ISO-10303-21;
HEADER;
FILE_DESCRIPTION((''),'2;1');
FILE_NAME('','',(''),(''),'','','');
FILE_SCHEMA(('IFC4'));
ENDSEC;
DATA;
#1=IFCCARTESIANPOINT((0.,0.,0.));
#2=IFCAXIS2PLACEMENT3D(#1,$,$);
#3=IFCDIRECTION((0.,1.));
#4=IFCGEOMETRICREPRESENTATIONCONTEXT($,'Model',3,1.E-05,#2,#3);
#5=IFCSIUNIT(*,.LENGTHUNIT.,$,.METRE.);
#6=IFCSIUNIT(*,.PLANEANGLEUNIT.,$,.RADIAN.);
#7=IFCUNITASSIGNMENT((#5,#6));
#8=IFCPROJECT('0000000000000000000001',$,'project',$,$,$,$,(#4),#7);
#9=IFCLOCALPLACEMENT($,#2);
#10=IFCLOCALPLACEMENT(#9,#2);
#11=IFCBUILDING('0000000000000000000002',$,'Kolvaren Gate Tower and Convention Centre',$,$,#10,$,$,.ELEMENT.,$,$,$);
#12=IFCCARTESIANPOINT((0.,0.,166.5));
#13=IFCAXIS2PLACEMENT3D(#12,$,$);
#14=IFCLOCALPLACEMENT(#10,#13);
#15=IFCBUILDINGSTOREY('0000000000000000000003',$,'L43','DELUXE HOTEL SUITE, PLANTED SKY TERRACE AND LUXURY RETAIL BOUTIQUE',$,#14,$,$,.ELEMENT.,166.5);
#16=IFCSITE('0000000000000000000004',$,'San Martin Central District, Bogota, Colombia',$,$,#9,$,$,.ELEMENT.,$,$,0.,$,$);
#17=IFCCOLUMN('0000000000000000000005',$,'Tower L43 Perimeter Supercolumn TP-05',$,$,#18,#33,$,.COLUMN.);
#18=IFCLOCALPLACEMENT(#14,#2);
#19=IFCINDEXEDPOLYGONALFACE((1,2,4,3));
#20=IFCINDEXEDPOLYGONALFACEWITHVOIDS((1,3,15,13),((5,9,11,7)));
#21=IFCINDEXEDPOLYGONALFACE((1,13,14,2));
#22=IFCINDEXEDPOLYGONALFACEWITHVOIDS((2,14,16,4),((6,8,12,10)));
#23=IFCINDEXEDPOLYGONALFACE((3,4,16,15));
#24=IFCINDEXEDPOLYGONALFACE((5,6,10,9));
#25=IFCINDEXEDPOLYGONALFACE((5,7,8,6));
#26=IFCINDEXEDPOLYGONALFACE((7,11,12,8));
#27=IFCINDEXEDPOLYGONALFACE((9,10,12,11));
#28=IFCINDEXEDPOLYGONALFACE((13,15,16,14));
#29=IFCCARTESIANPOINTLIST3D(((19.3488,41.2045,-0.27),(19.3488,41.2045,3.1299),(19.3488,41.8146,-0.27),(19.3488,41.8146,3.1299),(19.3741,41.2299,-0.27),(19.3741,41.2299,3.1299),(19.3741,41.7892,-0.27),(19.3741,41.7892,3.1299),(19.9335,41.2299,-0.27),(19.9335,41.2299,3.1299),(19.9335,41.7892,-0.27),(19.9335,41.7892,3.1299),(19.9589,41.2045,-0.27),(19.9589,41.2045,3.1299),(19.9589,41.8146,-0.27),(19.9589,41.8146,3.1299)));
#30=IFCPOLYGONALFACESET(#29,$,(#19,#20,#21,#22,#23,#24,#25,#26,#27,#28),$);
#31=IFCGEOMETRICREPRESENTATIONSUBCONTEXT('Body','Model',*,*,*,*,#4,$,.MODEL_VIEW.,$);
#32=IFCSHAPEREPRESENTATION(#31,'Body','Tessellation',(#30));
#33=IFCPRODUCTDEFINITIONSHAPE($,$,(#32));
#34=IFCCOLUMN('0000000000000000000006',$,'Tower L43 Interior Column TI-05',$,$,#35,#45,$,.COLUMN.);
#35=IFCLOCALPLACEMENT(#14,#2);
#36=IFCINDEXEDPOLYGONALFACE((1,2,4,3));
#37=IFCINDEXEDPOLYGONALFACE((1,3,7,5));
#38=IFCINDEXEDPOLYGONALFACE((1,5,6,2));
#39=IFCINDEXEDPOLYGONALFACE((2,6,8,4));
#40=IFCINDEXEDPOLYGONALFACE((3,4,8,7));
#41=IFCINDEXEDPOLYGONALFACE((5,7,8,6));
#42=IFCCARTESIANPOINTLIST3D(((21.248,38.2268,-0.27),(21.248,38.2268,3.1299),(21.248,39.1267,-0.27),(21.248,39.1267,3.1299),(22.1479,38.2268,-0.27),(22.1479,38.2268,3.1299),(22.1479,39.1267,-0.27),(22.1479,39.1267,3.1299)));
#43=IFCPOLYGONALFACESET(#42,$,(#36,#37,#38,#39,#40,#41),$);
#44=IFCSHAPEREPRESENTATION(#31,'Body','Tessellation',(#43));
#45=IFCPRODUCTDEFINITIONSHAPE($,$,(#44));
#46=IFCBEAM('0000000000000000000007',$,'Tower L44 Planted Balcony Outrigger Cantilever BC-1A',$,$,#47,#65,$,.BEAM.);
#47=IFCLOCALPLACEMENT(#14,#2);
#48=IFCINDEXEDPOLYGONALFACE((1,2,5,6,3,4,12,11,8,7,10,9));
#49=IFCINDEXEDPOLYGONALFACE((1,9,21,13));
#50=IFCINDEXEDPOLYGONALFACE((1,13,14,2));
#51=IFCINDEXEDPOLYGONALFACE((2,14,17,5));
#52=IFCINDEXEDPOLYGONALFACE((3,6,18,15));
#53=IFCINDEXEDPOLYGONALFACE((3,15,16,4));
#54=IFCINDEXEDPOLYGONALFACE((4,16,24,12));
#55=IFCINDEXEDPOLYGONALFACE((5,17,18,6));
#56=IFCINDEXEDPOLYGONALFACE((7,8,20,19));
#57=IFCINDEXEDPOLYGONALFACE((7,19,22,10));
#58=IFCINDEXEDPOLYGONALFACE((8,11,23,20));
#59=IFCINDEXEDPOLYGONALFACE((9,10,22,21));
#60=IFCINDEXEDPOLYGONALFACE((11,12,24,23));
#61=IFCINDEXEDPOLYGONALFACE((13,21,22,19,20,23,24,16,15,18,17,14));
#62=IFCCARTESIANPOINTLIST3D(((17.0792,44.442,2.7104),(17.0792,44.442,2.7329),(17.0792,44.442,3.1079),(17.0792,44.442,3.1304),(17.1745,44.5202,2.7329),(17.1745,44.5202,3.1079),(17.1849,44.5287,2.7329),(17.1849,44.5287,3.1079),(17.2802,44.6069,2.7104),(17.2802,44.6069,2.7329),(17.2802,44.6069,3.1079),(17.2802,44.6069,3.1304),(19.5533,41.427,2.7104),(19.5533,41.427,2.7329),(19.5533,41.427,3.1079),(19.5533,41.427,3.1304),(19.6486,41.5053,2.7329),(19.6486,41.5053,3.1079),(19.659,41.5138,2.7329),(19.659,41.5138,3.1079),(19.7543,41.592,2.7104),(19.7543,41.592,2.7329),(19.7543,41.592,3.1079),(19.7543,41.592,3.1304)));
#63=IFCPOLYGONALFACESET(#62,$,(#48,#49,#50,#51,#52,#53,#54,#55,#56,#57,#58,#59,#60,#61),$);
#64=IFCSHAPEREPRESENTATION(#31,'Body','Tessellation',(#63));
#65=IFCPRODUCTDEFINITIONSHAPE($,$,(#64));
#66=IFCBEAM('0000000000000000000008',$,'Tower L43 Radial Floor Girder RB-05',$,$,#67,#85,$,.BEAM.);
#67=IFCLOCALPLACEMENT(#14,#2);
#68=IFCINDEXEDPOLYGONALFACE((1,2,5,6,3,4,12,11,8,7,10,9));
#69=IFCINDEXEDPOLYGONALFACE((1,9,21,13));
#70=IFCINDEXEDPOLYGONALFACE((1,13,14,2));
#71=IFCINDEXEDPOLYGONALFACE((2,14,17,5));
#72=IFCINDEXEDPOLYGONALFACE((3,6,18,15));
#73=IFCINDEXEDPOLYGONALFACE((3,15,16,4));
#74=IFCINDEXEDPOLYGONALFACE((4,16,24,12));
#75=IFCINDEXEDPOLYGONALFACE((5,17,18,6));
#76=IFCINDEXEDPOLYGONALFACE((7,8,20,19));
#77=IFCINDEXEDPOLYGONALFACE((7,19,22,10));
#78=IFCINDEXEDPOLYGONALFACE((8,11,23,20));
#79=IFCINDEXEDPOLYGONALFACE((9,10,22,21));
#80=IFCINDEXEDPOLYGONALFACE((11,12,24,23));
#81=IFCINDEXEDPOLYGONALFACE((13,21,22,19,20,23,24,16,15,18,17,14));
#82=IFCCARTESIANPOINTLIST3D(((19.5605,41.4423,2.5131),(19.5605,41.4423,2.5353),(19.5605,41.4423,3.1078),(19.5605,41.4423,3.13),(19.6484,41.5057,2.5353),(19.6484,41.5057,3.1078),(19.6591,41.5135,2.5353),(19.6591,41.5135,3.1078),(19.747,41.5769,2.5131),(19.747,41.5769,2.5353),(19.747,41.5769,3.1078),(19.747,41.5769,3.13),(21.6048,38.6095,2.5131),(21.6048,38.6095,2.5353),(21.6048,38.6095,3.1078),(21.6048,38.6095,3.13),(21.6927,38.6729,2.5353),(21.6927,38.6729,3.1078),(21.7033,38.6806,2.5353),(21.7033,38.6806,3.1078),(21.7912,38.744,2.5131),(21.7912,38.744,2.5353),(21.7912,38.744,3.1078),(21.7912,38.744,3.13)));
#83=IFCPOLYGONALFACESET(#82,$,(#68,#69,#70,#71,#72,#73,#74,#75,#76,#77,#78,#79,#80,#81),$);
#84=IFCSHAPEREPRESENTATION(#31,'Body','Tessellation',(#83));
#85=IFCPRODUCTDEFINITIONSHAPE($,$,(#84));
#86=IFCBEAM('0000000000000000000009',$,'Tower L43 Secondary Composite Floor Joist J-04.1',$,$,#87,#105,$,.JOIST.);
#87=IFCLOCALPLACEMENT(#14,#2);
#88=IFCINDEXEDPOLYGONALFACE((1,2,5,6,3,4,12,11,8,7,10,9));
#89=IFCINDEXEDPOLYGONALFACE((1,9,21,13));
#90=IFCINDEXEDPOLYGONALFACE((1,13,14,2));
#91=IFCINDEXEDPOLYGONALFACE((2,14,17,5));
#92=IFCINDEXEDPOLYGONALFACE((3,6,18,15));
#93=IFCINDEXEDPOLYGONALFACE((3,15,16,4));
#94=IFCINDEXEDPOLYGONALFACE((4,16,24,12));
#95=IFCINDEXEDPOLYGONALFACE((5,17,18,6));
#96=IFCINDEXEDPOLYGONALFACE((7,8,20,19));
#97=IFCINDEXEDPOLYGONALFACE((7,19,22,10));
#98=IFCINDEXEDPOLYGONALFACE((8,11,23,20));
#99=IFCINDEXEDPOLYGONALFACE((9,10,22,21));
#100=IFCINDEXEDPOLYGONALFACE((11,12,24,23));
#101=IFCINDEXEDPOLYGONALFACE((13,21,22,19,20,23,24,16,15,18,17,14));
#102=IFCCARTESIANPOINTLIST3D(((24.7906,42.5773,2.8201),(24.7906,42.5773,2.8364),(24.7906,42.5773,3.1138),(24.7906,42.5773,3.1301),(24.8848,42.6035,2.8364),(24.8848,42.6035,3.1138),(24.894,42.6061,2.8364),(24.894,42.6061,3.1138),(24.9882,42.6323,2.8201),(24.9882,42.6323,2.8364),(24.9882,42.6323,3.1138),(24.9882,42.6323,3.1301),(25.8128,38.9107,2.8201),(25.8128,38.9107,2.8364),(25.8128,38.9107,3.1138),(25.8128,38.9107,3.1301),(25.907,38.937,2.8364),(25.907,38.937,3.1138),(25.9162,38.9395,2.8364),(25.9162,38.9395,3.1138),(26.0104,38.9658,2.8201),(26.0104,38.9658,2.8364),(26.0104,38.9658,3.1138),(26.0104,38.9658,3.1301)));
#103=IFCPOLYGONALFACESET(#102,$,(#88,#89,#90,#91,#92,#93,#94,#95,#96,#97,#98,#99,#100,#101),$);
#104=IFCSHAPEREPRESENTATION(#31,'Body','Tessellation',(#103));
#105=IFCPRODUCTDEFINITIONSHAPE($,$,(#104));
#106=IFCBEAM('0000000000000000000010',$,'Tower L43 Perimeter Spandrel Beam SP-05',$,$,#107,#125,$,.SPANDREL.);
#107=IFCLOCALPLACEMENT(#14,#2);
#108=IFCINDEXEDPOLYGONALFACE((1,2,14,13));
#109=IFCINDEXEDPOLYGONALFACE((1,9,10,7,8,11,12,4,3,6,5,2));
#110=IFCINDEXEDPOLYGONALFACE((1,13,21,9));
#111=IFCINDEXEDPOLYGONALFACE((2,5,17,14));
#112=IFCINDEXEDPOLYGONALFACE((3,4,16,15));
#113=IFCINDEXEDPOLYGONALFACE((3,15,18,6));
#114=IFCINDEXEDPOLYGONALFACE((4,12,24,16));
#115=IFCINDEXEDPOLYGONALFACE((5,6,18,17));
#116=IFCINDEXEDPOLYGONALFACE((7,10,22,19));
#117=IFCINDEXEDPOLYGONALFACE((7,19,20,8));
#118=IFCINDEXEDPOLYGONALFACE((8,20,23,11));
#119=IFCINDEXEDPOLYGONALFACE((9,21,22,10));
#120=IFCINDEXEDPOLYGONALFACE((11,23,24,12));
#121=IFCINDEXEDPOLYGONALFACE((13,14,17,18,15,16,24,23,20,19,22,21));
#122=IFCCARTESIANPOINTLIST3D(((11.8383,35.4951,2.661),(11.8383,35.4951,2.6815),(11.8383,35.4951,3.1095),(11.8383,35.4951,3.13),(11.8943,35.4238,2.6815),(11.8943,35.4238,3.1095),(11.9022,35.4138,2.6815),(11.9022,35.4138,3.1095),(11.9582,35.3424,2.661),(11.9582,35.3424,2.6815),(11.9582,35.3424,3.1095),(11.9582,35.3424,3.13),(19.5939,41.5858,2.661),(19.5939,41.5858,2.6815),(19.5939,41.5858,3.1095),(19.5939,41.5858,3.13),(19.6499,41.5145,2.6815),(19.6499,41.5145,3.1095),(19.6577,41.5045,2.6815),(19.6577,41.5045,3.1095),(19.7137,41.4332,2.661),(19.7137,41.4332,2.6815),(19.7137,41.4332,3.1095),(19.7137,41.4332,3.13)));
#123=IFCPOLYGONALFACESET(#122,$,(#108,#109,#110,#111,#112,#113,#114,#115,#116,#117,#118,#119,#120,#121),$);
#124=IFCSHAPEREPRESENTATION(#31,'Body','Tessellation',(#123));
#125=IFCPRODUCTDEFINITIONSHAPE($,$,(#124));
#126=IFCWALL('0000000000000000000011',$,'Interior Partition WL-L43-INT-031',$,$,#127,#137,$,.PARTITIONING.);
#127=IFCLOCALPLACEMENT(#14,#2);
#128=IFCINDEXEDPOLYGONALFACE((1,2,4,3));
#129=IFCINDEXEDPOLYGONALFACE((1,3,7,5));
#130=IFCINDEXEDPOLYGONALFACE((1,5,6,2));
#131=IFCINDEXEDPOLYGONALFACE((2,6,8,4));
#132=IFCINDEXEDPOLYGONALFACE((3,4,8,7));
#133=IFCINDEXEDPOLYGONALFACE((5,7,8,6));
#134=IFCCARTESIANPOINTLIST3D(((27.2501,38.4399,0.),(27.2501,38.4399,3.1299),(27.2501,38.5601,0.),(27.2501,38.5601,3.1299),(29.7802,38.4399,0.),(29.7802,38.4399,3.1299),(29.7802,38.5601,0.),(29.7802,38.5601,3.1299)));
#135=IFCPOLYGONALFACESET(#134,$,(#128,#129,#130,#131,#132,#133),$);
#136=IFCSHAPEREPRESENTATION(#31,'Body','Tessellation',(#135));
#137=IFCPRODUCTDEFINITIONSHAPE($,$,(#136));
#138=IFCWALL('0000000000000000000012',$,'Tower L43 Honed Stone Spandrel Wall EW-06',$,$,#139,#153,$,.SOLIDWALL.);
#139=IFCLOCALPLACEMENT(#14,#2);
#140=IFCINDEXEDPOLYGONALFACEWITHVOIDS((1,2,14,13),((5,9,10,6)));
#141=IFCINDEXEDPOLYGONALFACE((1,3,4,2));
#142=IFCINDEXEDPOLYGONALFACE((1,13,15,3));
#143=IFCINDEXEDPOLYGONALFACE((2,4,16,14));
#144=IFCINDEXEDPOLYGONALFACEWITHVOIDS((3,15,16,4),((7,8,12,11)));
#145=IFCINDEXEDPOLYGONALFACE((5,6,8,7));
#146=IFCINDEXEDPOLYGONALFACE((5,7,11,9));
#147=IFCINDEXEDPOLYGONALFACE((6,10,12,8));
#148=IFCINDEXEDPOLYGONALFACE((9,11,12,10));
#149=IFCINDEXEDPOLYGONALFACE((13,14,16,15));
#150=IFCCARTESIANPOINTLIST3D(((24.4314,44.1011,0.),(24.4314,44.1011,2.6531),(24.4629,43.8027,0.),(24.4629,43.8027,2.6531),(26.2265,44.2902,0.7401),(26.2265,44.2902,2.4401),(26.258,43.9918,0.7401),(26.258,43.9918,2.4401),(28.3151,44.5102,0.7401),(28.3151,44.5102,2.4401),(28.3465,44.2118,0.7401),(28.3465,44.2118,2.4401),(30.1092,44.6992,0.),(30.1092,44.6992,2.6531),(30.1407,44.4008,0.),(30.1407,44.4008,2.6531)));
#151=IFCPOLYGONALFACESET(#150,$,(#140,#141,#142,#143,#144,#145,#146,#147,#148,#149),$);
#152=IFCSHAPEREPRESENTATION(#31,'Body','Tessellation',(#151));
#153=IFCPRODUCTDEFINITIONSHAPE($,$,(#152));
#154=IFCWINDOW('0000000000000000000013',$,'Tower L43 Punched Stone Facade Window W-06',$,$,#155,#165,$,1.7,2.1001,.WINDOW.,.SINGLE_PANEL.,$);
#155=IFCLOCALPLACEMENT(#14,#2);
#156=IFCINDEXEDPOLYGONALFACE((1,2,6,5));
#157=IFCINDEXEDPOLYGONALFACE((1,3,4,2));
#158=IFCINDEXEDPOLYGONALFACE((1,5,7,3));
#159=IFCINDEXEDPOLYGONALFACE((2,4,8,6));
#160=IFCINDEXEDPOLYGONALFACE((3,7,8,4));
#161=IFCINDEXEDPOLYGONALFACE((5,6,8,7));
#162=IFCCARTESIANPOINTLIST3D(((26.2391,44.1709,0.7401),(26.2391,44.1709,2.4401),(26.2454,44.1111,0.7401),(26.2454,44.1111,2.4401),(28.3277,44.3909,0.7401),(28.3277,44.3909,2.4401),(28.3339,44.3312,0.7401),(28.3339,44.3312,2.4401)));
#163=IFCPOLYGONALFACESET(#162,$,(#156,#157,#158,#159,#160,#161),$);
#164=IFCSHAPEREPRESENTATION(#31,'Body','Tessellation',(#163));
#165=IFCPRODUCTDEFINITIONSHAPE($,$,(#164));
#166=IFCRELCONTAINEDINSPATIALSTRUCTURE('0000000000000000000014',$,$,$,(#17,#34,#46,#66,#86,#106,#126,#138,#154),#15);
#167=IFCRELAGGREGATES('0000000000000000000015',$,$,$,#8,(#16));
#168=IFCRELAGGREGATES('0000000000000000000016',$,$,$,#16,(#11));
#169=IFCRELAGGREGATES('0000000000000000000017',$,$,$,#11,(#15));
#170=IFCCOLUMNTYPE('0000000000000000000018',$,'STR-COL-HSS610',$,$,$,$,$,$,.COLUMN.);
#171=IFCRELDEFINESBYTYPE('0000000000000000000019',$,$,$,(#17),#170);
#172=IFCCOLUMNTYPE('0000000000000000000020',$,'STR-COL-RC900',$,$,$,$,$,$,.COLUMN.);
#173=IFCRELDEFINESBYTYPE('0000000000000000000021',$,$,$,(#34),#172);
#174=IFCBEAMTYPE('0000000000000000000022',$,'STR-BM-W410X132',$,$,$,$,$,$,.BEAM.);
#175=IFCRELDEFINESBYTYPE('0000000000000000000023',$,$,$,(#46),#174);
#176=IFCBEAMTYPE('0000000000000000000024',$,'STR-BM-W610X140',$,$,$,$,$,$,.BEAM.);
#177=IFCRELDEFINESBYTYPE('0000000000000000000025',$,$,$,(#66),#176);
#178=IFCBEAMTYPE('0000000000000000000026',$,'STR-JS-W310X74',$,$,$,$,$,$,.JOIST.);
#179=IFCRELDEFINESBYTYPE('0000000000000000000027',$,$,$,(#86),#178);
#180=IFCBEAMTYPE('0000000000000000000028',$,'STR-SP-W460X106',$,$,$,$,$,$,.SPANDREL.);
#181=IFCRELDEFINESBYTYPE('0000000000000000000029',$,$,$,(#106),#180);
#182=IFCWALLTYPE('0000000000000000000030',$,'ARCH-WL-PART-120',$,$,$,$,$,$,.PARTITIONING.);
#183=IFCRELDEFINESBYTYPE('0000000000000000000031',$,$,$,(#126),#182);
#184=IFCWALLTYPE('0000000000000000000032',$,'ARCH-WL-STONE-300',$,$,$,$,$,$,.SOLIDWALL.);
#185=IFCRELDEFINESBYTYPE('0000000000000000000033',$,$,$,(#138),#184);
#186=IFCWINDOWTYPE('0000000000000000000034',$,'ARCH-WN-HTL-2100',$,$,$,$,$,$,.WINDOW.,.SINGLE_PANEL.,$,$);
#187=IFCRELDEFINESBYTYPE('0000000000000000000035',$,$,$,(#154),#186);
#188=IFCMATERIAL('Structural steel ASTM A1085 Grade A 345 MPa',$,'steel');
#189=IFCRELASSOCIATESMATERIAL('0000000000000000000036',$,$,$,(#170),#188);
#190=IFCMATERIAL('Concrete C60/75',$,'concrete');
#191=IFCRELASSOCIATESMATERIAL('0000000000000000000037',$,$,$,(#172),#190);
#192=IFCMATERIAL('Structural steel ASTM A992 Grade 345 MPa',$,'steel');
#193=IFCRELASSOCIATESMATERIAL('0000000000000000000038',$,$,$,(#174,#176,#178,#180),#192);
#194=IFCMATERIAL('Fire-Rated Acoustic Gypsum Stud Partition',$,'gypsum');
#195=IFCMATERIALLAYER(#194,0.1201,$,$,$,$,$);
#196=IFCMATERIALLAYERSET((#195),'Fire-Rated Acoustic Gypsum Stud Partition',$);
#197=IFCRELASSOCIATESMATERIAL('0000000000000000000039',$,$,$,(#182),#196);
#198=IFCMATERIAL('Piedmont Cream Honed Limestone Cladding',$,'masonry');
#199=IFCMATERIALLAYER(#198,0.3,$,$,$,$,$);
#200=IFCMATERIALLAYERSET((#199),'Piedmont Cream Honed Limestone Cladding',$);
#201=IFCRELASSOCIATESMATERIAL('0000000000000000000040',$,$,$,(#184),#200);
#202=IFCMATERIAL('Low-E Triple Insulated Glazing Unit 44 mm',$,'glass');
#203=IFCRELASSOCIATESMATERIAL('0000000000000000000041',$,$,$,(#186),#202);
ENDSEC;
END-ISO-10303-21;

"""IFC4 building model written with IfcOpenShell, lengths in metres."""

from ifc_helpers import new_model, si_unit, direction, frame, frame_2d, origin, origin_2d, place, context, subcontext, project, spatial, rectangle, hollow_rectangle, i_section, extrude, material, layer, layer_set, material_profile, profile_set, type_object, element, fill, save


model = new_model("IFC4")

# Units and contexts
model_context = context("Model", 3, precision=1e-05, world=origin(), true_north=direction((0.0, 1.0)))
body_context = subcontext(model_context, "Body", "Model", "MODEL_VIEW")
ifc_project = project(units=[si_unit("LENGTHUNIT", "METRE"), si_unit("PLANEANGLEUNIT", "RADIAN")], contexts=[model_context])

# Site, building, storey
site_placement = place(None, origin())
site = spatial("IfcSite", under=ifc_project, at=site_placement, Name="San Martin Central District, Bogota, Colombia", CompositionType="ELEMENT", RefElevation=0.0)
building_placement = place(site_placement, origin())
building = spatial("IfcBuilding", under=site, at=building_placement, Name="Kolvaren Gate Tower and Convention Centre", CompositionType="ELEMENT")
storey_placement = place(building_placement, frame((0.0, 0.0, 166.5)))
storey = spatial("IfcBuildingStorey", under=building, at=storey_placement, Name="L43", Description="DELUXE HOTEL SUITE, PLANTED SKY TERRACE AND LUXURY RETAIL BOUTIQUE", CompositionType="ELEMENT", Elevation=166.5)

# Columns
ifc_material_1 = material(Name="Structural steel ASTM A1085 Grade A 345 MPa", Category="steel")
ifc_material_profile_1 = material_profile(ifc_material_1, hollow_rectangle(XDim=0.6101, YDim=0.6101, WallThickness=0.0254, at=origin_2d()), Name="HSS610X610X25.4")
ifc_profile_set_1 = profile_set([ifc_material_profile_1], Name="Structural steel ASTM A1085 Grade A 345 MPa")
column_type_1 = type_object("IfcColumnType", Name="STR-COL-HSS610", PredefinedType="COLUMN", material=ifc_profile_set_1)
column_1_placement = place(storey_placement, frame((19.6538, 41.5095, -0.27), z_axis=(0.0, 0.0, 1.0), x_axis=(1.0, 0.0, 0.0)))
element("IfcColumn", 1, at=column_1_placement, inside=storey, type_object=column_type_1, Name="Tower L43 Perimeter Supercolumn TP-05", PredefinedType="COLUMN", context=body_context, shape_type="SweptSolid", body=[
    extrude(hollow_rectangle(XDim=0.6101, YDim=0.6101, WallThickness=0.0254, at=origin_2d()), origin(), (0.0, 0.0, 1.0), 3.3999),
])
ifc_material_2 = material(Name="Concrete C60/75", Category="concrete")
ifc_material_profile_2 = material_profile(ifc_material_2, rectangle(XDim=0.8999, YDim=0.8999, at=origin_2d()), Name="RC-COL-900X900")
ifc_profile_set_2 = profile_set([ifc_material_profile_2], Name="Concrete C60/75")
column_type_2 = type_object("IfcColumnType", Name="STR-COL-RC900", PredefinedType="COLUMN", material=ifc_profile_set_2)
column_2_placement = place(storey_placement, frame((21.698, 38.6768, -0.27), z_axis=(0.0, 0.0, 1.0), x_axis=(1.0, 0.0, 0.0)))
element("IfcColumn", 2, at=column_2_placement, inside=storey, type_object=column_type_2, Name="Tower L43 Interior Column TI-05", PredefinedType="COLUMN", context=body_context, shape_type="SweptSolid", body=[
    extrude(rectangle(XDim=0.8999, YDim=0.8999, at=origin_2d()), origin(), (0.0, 0.0, 1.0), 3.3999),
])

# Beams
ifc_material_3 = material(Name="Structural steel ASTM A992 Grade 345 MPa", Category="steel")
ifc_material_profile_3 = material_profile(ifc_material_3, i_section(OverallWidth=0.26, OverallDepth=0.4199, WebThickness=0.0134, FlangeThickness=0.0225, at=origin_2d()), Name="W410X132")
ifc_profile_set_3 = profile_set([ifc_material_profile_3], Name="Structural steel ASTM A992 Grade 345 MPa")
beam_type_1 = type_object("IfcBeamType", Name="STR-BM-W410X132", PredefinedType="BEAM", material=ifc_profile_set_3)
beam_1_placement = place(storey_placement, frame((19.6538, 41.5095, 2.9204), z_axis=(-0.634372, 0.773028, 0.0), x_axis=(-0.773028, -0.634372, 0.0)))
element("IfcBeam", 3, at=beam_1_placement, inside=storey, type_object=beam_type_1, Name="Tower L44 Planted Balcony Outrigger Cantilever BC-1A", PredefinedType="BEAM", context=body_context, shape_type="SweptSolid", body=[
    extrude(i_section(OverallWidth=0.26, OverallDepth=0.4199, WebThickness=0.0134, FlangeThickness=0.0225, at=origin_2d()), origin(), (0.0, 0.0, 1.0), 3.9001),
])
ifc_material_profile_4 = material_profile(ifc_material_3, i_section(OverallWidth=0.23, OverallDepth=0.6169, WebThickness=0.0132, FlangeThickness=0.0222, at=origin_2d()), Name="W610X140")
ifc_profile_set_4 = profile_set([ifc_material_profile_4], Name="Structural steel ASTM A992 Grade 345 MPa")
beam_type_2 = type_object("IfcBeamType", Name="STR-BM-W610X140", PredefinedType="BEAM", material=ifc_profile_set_4)
beam_2_placement = place(storey_placement, frame((21.698, 38.6768, 2.8215), z_axis=(-0.585172, 0.81091, 0.0), x_axis=(-0.81091, -0.585172, 0.0)))
element("IfcBeam", 4, at=beam_2_placement, inside=storey, type_object=beam_type_2, Name="Tower L43 Radial Floor Girder RB-05", PredefinedType="BEAM", context=body_context, shape_type="SweptSolid", body=[
    extrude(i_section(OverallWidth=0.23, OverallDepth=0.6169, WebThickness=0.0132, FlangeThickness=0.0222, at=origin_2d()), origin(), (0.0, 0.0, 1.0), 3.4934),
])
ifc_material_profile_5 = material_profile(ifc_material_3, i_section(OverallWidth=0.2051, OverallDepth=0.3101, WebThickness=0.0095, FlangeThickness=0.0164, at=origin_2d()), Name="W310X74")
ifc_profile_set_5 = profile_set([ifc_material_profile_5], Name="Structural steel ASTM A992 Grade 345 MPa")
beam_type_3 = type_object("IfcBeamType", Name="STR-JS-W310X74", PredefinedType="JOIST", material=ifc_profile_set_5)
beam_3_placement = place(storey_placement, frame((25.9116, 38.9382, 2.9751), z_axis=(-0.268557, 0.963264, 0.0), x_axis=(-0.963264, -0.268557, 0.0)))
element("IfcBeam", 5, at=beam_3_placement, inside=storey, type_object=beam_type_3, Name="Tower L43 Secondary Composite Floor Joist J-04.1", PredefinedType="JOIST", context=body_context, shape_type="SweptSolid", body=[
    extrude(i_section(OverallWidth=0.2051, OverallDepth=0.3101, WebThickness=0.0095, FlangeThickness=0.0164, at=origin_2d()), origin(), (0.0, 0.0, 1.0), 3.8064),
])
ifc_material_profile_6 = material_profile(ifc_material_3, i_section(OverallWidth=0.1941, OverallDepth=0.469, WebThickness=0.0127, FlangeThickness=0.0205, at=origin_2d()), Name="W460X106")
ifc_profile_set_6 = profile_set([ifc_material_profile_6], Name="Structural steel ASTM A992 Grade 345 MPa")
beam_type_4 = type_object("IfcBeamType", Name="STR-SP-W460X106", PredefinedType="SPANDREL", material=ifc_profile_set_6)
beam_4_placement = place(storey_placement, frame((19.6538, 41.5095, 2.8955), z_axis=(-0.78646, -0.617641, 0.0), x_axis=(0.617641, -0.78646, 0.0)))
element("IfcBeam", 6, at=beam_4_placement, inside=storey, type_object=beam_type_4, Name="Tower L43 Perimeter Spandrel Beam SP-05", PredefinedType="SPANDREL", context=body_context, shape_type="SweptSolid", body=[
    extrude(i_section(OverallWidth=0.1941, OverallDepth=0.469, WebThickness=0.0127, FlangeThickness=0.0205, at=origin_2d()), origin(), (0.0, 0.0, 1.0), 9.8613),
])

# Wall
ifc_material_4 = material(Name="Fire-Rated Acoustic Gypsum Stud Partition", Category="gypsum")
ifc_layer_1 = layer(ifc_material_4, 0.1201)
ifc_layer_set_1 = layer_set([ifc_layer_1], Name="Fire-Rated Acoustic Gypsum Stud Partition")
wall_type_1 = type_object("IfcWallType", Name="ARCH-WL-PART-120", PredefinedType="PARTITIONING", material=ifc_layer_set_1)
wall_1_placement = place(storey_placement, frame((27.25, 38.5, 0.0), z_axis=(0.0, 0.0, 1.0), x_axis=(1.0, 0.0, 0.0)))
element("IfcWall", 7, at=wall_1_placement, inside=storey, type_object=wall_type_1, Name="Interior Partition WL-L43-INT-031", PredefinedType="PARTITIONING", context=body_context, shape_type="SweptSolid", body=[
    extrude(rectangle(XDim=2.53, YDim=0.1201, at=frame_2d((1.2651, 0.0))), origin(), (0.0, 0.0, 1.0), 3.1299),
])

# Wall, opening, window
ifc_material_5 = material(Name="Piedmont Cream Honed Limestone Cladding", Category="masonry")
ifc_layer_2 = layer(ifc_material_5, 0.3)
ifc_layer_set_2 = layer_set([ifc_layer_2], Name="Piedmont Cream Honed Limestone Cladding")
wall_type_2 = type_object("IfcWallType", Name="ARCH-WL-STONE-300", PredefinedType="SOLIDWALL", material=ifc_layer_set_2)
wall_2_placement = place(storey_placement, frame((24.4473, 43.9519, 0.0), z_axis=(0.0, 0.0, 1.0), x_axis=(0.994497, 0.104769, 0.0)))
wall_2 = element("IfcWall", 8, at=wall_2_placement, inside=storey, type_object=wall_type_2, Name="Tower L43 Honed Stone Spandrel Wall EW-06", PredefinedType="SOLIDWALL", context=body_context, shape_type="SweptSolid", body=[
    extrude(rectangle(XDim=5.7092, YDim=0.3, at=frame_2d((2.8545, 0.0))), origin(), (0.0, 0.0, 1.0), 2.6531),
])
opening_1_placement = place(wall_2_placement, frame((1.8049, 0.0, 0.74)))
opening_1 = element("IfcOpeningElement", 9, at=opening_1_placement, cuts=wall_2, PredefinedType="OPENING", context=body_context, shape_type="SweptSolid", body=[
    extrude(rectangle(XDim=2.1001, YDim=1.7, at=frame_2d((1.05, 0.8501))), frame((0.0, 0.1599, 0.0), z_axis=(0.0, -1.0, 0.0), x_axis=(1.0, 0.0, 0.0)), (0.0, 0.0, 1.0), 0.3201),
])
ifc_material_6 = material(Name="Low-E Triple Insulated Glazing Unit 44 mm", Category="glass")
window_type = type_object("IfcWindowType", Name="ARCH-WN-HTL-2100", PartitioningType="SINGLE_PANEL", PredefinedType="WINDOW", material=ifc_material_6)
window_1_placement = place(opening_1_placement, origin())
window_1 = element("IfcWindow", 10, at=window_1_placement, inside=storey, type_object=window_type, Name="Tower L43 Punched Stone Facade Window W-06", OverallHeight=1.7, OverallWidth=2.1001, PartitioningType="SINGLE_PANEL", PredefinedType="WINDOW", context=body_context, shape_type="SweptSolid", body=[
    extrude(rectangle(XDim=2.1001, YDim=1.7, at=frame_2d((1.05, 0.8501))), frame((0.0, 0.03, 0.0), z_axis=(0.0, -1.0, 0.0), x_axis=(1.0, 0.0, 0.0)), (0.0, 0.0, 1.0), 0.0601),
])
fill(opening_1, window_1)

save(model, "model.ifc")
